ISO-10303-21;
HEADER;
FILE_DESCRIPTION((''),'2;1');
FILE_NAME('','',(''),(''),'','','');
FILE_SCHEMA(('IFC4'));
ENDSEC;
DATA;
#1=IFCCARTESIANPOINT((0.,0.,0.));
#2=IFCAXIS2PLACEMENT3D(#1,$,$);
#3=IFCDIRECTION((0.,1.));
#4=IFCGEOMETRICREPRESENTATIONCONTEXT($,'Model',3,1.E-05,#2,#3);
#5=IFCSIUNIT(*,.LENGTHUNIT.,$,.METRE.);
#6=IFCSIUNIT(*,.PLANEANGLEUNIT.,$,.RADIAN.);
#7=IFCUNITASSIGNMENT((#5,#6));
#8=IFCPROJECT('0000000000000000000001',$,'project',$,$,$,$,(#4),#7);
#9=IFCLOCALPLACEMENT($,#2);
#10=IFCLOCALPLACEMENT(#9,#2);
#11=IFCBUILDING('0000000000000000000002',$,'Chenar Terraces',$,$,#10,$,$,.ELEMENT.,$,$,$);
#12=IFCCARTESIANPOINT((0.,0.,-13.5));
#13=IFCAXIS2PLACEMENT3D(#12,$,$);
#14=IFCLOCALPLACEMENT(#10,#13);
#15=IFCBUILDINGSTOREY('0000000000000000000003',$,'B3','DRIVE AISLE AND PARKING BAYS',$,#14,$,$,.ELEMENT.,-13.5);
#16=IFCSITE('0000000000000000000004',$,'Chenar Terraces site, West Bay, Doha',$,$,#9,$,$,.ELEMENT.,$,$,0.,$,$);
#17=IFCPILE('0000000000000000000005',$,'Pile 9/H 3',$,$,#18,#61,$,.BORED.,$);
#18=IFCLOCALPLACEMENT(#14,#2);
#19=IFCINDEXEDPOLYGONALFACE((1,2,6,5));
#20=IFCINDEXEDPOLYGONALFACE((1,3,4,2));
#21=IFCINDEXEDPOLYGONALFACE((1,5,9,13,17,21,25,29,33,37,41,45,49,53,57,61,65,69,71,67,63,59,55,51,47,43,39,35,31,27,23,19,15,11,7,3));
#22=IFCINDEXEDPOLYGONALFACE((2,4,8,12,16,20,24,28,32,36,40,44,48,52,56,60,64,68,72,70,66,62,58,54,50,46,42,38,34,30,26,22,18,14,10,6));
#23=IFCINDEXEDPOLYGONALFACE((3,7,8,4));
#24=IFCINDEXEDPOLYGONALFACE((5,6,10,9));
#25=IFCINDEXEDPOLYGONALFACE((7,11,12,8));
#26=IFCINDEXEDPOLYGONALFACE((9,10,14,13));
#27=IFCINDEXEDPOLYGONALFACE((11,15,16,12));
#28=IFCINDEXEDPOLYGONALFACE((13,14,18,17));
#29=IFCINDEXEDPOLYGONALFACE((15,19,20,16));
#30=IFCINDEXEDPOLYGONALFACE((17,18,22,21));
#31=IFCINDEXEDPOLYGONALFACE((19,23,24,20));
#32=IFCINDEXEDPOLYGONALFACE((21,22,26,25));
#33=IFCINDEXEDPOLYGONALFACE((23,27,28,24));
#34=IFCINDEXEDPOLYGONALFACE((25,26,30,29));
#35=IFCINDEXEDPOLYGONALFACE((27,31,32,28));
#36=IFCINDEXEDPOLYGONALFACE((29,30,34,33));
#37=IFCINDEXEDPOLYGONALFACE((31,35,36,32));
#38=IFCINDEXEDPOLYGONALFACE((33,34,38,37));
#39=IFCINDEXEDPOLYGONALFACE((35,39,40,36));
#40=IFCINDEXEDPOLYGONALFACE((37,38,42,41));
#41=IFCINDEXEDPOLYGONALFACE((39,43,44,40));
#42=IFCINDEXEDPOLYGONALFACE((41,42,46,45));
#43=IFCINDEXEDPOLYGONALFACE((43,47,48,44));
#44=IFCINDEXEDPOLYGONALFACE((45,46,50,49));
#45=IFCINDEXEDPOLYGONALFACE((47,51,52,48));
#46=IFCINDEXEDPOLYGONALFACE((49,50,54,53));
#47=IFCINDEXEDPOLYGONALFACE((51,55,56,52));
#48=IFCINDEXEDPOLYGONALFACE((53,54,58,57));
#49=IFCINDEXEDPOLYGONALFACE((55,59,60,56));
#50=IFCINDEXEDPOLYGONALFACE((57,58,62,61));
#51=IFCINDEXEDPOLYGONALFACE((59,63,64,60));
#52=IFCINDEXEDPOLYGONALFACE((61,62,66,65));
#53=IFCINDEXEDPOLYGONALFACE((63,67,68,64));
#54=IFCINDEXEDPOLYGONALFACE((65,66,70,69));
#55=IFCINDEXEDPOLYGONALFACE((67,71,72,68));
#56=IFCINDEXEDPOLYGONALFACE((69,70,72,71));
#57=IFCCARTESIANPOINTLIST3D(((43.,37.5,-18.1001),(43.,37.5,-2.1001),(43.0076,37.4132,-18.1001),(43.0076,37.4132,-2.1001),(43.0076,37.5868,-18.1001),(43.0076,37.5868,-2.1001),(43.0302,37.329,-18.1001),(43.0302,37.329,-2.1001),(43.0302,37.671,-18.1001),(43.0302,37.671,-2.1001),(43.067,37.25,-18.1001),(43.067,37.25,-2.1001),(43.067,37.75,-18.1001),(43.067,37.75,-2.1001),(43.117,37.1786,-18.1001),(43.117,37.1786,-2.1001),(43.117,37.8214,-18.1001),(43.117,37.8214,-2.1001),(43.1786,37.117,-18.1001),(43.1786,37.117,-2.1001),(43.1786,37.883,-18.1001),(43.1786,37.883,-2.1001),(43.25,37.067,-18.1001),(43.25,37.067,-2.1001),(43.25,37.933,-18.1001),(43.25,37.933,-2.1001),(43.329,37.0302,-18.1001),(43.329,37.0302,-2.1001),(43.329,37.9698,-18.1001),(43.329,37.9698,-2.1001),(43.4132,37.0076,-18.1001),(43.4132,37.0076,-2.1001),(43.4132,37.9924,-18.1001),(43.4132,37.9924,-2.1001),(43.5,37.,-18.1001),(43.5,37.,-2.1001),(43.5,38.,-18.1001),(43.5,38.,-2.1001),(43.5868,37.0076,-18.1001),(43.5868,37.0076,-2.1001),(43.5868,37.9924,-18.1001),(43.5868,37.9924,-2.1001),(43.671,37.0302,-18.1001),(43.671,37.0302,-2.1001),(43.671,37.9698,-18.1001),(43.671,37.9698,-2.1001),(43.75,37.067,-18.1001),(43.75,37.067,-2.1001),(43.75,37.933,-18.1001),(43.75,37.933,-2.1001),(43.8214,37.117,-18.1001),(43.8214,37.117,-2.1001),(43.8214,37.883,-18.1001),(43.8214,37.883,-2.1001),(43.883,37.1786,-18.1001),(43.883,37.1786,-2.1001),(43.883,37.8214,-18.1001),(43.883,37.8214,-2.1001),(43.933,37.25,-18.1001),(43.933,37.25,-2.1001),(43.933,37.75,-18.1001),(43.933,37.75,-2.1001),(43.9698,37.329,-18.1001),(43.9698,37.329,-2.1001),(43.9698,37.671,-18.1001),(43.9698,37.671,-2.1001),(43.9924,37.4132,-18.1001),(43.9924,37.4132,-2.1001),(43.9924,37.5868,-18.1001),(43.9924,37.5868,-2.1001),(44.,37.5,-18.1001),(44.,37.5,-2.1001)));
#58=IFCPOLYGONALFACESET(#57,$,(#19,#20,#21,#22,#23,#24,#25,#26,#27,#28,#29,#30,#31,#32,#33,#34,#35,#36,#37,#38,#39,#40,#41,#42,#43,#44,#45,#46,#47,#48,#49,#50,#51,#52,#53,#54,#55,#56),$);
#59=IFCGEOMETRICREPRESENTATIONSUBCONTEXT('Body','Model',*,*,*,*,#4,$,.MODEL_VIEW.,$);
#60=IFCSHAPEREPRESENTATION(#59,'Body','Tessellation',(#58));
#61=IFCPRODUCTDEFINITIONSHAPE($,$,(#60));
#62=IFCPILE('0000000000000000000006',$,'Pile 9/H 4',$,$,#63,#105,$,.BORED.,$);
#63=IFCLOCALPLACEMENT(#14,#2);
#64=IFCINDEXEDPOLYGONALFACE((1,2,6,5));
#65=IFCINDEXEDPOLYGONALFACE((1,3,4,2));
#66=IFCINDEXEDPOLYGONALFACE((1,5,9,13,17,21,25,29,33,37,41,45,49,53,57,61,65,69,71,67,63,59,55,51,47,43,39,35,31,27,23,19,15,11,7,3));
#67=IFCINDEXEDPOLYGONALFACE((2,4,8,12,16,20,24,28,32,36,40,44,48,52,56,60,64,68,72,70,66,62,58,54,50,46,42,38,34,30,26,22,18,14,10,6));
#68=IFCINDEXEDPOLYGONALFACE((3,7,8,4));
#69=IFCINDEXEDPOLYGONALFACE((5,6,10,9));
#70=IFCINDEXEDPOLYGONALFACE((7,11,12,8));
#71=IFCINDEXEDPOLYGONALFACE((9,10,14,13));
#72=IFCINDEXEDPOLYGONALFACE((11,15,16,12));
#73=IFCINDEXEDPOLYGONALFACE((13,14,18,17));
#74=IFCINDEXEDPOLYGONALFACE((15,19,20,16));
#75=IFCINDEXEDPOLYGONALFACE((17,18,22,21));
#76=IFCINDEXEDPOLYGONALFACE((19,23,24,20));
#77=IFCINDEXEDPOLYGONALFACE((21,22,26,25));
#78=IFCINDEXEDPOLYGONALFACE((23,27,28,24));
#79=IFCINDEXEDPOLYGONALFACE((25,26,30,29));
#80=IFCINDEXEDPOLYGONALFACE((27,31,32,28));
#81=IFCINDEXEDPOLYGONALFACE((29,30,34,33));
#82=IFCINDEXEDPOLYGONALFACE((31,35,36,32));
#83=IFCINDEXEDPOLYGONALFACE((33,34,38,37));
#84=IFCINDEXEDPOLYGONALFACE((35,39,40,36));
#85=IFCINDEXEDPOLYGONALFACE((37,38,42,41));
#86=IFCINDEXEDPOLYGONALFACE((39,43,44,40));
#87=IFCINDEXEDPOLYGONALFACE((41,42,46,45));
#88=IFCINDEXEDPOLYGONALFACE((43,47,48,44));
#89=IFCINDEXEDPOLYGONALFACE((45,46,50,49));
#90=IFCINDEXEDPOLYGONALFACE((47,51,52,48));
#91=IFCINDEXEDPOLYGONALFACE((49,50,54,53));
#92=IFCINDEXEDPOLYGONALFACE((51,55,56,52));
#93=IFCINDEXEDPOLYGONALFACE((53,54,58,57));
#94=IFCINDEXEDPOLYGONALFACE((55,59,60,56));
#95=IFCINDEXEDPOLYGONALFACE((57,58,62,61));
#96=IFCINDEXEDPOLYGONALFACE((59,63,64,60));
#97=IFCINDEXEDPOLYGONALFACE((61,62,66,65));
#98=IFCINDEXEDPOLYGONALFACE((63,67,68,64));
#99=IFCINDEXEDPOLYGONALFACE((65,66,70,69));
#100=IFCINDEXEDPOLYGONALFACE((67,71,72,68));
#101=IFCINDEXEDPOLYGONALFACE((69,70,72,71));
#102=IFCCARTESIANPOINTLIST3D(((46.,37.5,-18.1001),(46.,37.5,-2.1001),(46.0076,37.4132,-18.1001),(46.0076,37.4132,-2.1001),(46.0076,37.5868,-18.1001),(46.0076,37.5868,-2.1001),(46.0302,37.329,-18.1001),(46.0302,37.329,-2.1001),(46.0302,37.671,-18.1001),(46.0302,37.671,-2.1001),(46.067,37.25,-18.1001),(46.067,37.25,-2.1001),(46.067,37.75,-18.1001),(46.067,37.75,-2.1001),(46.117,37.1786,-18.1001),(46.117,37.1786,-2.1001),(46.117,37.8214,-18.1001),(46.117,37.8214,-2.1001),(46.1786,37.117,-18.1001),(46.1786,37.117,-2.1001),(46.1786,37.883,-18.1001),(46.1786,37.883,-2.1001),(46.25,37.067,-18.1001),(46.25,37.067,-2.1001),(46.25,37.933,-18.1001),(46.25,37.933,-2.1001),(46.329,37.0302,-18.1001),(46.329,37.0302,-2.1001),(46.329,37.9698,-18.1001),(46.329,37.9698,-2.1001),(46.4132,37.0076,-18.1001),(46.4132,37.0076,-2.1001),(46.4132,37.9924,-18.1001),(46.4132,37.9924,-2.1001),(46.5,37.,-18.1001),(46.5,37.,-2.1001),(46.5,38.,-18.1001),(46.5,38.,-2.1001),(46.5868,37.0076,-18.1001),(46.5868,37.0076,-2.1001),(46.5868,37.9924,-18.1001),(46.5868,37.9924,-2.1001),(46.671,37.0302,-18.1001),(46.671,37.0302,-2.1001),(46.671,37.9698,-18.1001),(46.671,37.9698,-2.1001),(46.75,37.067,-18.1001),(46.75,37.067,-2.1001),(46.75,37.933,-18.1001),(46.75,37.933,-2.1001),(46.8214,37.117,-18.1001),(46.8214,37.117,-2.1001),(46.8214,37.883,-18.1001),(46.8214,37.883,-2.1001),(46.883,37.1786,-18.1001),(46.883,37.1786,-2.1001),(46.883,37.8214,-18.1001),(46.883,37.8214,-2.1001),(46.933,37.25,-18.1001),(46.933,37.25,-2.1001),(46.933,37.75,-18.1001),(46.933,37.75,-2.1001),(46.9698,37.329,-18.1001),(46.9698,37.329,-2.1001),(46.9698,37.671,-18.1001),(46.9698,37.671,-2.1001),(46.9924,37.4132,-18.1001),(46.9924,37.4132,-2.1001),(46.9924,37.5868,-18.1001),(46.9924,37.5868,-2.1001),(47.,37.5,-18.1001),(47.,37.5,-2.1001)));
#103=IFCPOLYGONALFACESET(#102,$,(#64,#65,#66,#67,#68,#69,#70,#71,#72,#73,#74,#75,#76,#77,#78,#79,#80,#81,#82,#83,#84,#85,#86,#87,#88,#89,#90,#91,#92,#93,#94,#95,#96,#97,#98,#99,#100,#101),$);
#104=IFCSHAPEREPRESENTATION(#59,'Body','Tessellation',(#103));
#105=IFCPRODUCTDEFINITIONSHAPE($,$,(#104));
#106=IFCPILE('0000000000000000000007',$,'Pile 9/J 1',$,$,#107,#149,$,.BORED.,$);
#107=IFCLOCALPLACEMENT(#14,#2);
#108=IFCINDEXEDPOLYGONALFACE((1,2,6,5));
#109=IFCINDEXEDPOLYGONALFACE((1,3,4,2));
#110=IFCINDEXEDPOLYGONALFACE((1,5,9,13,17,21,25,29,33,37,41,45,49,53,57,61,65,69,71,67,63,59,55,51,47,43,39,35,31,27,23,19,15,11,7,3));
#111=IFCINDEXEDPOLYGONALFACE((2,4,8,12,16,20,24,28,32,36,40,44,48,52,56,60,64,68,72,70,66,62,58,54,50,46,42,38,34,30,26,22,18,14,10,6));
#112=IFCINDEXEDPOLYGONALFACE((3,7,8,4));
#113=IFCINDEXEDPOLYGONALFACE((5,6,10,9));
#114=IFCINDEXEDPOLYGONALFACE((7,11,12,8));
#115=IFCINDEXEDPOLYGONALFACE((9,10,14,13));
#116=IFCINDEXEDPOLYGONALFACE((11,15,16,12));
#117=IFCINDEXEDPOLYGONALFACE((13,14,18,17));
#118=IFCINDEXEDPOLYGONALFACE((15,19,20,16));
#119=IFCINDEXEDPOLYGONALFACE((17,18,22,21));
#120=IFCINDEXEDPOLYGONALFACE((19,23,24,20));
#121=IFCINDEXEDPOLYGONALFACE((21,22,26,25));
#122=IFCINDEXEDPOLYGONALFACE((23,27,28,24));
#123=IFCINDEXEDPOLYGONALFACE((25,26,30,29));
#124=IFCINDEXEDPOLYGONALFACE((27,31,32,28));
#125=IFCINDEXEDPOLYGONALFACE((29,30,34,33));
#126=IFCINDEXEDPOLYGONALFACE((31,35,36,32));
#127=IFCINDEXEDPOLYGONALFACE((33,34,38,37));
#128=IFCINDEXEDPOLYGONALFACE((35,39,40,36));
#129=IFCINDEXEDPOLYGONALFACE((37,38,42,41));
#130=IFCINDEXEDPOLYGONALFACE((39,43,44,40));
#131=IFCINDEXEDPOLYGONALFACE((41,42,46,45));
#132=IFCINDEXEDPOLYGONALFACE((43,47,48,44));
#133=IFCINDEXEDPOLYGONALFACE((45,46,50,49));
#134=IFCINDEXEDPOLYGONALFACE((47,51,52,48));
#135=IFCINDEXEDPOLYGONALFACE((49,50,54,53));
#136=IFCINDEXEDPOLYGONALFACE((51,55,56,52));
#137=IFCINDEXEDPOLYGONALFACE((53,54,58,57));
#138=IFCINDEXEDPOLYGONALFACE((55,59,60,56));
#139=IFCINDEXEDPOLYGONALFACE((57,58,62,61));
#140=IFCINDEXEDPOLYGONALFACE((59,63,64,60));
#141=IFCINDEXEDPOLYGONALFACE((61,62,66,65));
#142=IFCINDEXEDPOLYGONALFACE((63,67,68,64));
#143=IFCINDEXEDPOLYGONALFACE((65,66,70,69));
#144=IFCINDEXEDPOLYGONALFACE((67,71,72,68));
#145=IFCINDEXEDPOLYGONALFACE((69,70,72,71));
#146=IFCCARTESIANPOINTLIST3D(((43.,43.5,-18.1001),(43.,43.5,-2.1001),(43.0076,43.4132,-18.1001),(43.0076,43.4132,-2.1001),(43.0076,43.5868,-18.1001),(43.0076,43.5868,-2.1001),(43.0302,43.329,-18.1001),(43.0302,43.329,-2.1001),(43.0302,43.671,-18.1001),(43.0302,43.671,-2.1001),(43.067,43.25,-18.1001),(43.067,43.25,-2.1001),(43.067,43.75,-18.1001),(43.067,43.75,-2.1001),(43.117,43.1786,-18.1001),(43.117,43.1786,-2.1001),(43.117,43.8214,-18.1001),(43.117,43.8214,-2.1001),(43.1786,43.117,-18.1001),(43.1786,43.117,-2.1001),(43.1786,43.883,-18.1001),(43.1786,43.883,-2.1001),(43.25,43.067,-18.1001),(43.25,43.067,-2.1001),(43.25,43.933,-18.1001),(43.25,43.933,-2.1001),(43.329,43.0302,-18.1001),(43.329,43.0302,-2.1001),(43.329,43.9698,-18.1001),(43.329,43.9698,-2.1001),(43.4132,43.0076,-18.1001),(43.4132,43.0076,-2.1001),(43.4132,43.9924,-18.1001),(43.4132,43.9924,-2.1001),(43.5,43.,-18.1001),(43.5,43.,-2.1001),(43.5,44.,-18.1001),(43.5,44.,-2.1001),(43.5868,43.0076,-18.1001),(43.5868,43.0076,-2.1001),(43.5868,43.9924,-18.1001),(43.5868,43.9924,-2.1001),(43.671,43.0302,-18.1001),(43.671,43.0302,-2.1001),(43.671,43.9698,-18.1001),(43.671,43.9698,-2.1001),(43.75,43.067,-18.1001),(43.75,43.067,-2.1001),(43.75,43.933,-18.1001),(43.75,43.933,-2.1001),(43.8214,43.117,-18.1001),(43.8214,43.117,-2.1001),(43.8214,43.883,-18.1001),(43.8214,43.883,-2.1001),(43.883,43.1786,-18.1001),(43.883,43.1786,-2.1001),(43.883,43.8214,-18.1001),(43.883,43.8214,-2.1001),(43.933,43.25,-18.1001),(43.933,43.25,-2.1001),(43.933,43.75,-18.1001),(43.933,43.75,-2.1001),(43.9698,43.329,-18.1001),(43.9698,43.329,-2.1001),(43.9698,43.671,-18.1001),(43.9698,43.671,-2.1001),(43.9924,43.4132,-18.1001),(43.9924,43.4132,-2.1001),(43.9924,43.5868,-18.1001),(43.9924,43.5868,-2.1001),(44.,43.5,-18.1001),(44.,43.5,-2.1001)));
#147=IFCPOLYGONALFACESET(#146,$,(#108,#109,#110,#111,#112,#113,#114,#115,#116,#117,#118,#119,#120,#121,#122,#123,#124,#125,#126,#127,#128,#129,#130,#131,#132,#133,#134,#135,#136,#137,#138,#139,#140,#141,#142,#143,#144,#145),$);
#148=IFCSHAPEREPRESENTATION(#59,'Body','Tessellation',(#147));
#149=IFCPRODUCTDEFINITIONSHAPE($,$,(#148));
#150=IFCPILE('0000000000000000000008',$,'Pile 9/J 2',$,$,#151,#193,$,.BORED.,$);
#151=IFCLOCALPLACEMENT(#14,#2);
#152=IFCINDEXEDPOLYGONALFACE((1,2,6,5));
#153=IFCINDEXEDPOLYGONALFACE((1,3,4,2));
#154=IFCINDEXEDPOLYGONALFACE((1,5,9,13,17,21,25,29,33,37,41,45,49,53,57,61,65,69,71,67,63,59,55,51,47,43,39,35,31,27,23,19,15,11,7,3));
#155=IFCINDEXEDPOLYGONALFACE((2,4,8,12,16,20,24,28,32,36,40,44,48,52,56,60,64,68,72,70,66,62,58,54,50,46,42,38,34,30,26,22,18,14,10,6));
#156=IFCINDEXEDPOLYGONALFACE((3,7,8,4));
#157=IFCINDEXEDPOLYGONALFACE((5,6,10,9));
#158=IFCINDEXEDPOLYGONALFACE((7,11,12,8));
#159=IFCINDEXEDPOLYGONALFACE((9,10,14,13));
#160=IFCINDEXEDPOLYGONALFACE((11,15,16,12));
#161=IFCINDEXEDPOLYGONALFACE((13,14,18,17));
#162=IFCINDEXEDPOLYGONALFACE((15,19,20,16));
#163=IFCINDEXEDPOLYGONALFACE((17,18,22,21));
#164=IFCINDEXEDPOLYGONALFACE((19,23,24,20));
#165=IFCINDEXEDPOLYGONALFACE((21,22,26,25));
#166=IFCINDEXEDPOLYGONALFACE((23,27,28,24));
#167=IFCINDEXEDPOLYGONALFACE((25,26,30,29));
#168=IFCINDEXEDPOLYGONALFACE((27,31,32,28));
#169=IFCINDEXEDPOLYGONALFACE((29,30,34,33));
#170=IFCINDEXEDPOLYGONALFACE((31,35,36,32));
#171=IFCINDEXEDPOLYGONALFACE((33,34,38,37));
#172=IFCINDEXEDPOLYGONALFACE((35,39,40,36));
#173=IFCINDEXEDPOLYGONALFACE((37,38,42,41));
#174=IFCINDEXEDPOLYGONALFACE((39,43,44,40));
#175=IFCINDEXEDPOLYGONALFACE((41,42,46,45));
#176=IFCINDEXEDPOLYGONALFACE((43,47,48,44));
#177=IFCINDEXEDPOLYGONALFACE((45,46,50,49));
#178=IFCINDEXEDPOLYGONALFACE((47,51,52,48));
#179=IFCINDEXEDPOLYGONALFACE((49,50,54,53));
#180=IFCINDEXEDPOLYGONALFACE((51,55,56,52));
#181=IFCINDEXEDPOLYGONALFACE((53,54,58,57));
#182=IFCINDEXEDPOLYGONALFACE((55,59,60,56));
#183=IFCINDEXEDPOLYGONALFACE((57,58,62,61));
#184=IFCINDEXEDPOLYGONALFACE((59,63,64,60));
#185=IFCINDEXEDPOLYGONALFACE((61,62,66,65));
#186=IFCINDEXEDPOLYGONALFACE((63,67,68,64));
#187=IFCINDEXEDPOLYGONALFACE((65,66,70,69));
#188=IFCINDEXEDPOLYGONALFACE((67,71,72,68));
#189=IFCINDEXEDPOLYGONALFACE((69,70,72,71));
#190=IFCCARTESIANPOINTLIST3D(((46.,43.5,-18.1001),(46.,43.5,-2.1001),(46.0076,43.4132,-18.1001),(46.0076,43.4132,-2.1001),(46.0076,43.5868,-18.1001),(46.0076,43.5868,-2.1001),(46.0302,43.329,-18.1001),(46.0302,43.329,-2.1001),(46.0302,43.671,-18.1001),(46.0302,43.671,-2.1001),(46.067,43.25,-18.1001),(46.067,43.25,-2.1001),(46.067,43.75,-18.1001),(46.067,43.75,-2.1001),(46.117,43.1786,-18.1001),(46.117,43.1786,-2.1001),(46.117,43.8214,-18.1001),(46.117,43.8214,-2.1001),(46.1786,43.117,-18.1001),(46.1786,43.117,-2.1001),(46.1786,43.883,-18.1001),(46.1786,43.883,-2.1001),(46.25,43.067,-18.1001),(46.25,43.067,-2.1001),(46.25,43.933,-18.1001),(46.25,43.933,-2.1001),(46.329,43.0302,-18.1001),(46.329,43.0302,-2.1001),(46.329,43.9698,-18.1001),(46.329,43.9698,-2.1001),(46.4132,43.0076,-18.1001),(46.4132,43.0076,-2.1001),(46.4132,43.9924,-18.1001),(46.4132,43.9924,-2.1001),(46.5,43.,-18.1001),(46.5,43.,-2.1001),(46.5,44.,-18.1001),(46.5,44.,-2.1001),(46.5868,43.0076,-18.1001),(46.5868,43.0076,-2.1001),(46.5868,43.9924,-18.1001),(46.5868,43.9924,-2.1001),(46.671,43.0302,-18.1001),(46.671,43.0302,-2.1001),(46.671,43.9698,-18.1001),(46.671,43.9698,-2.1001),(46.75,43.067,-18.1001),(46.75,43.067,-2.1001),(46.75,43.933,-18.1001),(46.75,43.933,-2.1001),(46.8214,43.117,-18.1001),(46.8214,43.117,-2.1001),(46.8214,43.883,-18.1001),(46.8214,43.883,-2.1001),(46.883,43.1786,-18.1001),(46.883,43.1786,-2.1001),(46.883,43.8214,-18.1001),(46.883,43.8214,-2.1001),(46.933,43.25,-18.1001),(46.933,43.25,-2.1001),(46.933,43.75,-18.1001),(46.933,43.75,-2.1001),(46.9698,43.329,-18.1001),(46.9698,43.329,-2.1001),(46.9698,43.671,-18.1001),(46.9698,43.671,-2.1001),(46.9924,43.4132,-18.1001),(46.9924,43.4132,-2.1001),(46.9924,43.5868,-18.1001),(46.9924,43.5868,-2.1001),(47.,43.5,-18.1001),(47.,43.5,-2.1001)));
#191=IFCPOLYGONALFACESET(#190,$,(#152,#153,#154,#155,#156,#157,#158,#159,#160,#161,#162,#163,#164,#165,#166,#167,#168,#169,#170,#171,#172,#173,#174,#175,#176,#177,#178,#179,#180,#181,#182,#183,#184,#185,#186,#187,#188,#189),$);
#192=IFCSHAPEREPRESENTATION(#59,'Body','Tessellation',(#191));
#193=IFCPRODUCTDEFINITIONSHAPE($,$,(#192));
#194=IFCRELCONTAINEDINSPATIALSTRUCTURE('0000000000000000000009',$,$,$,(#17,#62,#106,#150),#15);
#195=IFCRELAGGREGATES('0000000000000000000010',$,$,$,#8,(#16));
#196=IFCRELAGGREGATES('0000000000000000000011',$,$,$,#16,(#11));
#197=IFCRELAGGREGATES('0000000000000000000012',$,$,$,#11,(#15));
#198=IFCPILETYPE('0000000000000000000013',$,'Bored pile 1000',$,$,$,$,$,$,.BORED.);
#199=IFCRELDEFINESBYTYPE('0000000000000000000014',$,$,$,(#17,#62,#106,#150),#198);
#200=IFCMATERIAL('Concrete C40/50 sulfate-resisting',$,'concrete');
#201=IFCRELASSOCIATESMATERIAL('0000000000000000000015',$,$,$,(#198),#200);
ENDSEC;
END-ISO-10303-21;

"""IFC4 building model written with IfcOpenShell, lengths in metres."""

from ifc_helpers import new_model, si_unit, direction, frame, origin, origin_2d, place, context, subcontext, project, spatial, circle, extrude, material, material_profile, profile_set, type_object, element, save


model = new_model("IFC4")

# Units and contexts
model_context = context("Model", 3, precision=1e-05, world=origin(), true_north=direction((0.0, 1.0)))
body_context = subcontext(model_context, "Body", "Model", "MODEL_VIEW")
ifc_project = project(units=[si_unit("LENGTHUNIT", "METRE"), si_unit("PLANEANGLEUNIT", "RADIAN")], contexts=[model_context])

# Site, building, storey
site_placement = place(None, origin())
site = spatial("IfcSite", under=ifc_project, at=site_placement, Name="Chenar Terraces site, West Bay, Doha", CompositionType="ELEMENT", RefElevation=0.0)
building_placement = place(site_placement, origin())
building = spatial("IfcBuilding", under=site, at=building_placement, Name="Chenar Terraces", CompositionType="ELEMENT")
storey_placement = place(building_placement, frame((0.0, 0.0, -13.5)))
storey = spatial("IfcBuildingStorey", under=building, at=storey_placement, Name="B3", Description="DRIVE AISLE AND PARKING BAYS", CompositionType="ELEMENT", Elevation=-13.5)

# Piles
ifc_material_1 = material(Name="Concrete C40/50 sulfate-resisting", Category="concrete")
ifc_material_profile_1 = material_profile(ifc_material_1, circle(Radius=0.5, at=origin_2d()), Name="BP 1000")
ifc_profile_set_1 = profile_set([ifc_material_profile_1], Name="Concrete C40/50 sulfate-resisting")
pile_type_1 = type_object("IfcPileType", Name="Bored pile 1000", PredefinedType="BORED", material=ifc_profile_set_1)
for number, where, z_axis, x_axis, name in (
    (1, (43.5, 37.5, -2.1001), (0.0, 0.0, -1.0), (1.0, 0.0, 0.0), "Pile 9/H 3"),
    (2, (46.5, 37.5, -2.1001), (0.0, 0.0, -1.0), (1.0, 0.0, 0.0), "Pile 9/H 4"),
    (3, (43.5, 43.5, -2.1001), (0.0, 0.0, -1.0), (1.0, 0.0, 0.0), "Pile 9/J 1"),
    (4, (46.5, 43.5, -2.1001), (0.0, 0.0, -1.0), (1.0, 0.0, 0.0), "Pile 9/J 2"),
):
    element("IfcPile", number, at=place(storey_placement, frame(where, z_axis=z_axis, x_axis=x_axis)), inside=storey, type_object=pile_type_1, Name=name, PredefinedType="BORED", context=body_context, shape_type="SweptSolid", body=[
        extrude(circle(Radius=0.5, at=origin_2d()), origin(), (0.0, 0.0, 1.0), 16.0),
    ])

save(model, "model.ifc")
